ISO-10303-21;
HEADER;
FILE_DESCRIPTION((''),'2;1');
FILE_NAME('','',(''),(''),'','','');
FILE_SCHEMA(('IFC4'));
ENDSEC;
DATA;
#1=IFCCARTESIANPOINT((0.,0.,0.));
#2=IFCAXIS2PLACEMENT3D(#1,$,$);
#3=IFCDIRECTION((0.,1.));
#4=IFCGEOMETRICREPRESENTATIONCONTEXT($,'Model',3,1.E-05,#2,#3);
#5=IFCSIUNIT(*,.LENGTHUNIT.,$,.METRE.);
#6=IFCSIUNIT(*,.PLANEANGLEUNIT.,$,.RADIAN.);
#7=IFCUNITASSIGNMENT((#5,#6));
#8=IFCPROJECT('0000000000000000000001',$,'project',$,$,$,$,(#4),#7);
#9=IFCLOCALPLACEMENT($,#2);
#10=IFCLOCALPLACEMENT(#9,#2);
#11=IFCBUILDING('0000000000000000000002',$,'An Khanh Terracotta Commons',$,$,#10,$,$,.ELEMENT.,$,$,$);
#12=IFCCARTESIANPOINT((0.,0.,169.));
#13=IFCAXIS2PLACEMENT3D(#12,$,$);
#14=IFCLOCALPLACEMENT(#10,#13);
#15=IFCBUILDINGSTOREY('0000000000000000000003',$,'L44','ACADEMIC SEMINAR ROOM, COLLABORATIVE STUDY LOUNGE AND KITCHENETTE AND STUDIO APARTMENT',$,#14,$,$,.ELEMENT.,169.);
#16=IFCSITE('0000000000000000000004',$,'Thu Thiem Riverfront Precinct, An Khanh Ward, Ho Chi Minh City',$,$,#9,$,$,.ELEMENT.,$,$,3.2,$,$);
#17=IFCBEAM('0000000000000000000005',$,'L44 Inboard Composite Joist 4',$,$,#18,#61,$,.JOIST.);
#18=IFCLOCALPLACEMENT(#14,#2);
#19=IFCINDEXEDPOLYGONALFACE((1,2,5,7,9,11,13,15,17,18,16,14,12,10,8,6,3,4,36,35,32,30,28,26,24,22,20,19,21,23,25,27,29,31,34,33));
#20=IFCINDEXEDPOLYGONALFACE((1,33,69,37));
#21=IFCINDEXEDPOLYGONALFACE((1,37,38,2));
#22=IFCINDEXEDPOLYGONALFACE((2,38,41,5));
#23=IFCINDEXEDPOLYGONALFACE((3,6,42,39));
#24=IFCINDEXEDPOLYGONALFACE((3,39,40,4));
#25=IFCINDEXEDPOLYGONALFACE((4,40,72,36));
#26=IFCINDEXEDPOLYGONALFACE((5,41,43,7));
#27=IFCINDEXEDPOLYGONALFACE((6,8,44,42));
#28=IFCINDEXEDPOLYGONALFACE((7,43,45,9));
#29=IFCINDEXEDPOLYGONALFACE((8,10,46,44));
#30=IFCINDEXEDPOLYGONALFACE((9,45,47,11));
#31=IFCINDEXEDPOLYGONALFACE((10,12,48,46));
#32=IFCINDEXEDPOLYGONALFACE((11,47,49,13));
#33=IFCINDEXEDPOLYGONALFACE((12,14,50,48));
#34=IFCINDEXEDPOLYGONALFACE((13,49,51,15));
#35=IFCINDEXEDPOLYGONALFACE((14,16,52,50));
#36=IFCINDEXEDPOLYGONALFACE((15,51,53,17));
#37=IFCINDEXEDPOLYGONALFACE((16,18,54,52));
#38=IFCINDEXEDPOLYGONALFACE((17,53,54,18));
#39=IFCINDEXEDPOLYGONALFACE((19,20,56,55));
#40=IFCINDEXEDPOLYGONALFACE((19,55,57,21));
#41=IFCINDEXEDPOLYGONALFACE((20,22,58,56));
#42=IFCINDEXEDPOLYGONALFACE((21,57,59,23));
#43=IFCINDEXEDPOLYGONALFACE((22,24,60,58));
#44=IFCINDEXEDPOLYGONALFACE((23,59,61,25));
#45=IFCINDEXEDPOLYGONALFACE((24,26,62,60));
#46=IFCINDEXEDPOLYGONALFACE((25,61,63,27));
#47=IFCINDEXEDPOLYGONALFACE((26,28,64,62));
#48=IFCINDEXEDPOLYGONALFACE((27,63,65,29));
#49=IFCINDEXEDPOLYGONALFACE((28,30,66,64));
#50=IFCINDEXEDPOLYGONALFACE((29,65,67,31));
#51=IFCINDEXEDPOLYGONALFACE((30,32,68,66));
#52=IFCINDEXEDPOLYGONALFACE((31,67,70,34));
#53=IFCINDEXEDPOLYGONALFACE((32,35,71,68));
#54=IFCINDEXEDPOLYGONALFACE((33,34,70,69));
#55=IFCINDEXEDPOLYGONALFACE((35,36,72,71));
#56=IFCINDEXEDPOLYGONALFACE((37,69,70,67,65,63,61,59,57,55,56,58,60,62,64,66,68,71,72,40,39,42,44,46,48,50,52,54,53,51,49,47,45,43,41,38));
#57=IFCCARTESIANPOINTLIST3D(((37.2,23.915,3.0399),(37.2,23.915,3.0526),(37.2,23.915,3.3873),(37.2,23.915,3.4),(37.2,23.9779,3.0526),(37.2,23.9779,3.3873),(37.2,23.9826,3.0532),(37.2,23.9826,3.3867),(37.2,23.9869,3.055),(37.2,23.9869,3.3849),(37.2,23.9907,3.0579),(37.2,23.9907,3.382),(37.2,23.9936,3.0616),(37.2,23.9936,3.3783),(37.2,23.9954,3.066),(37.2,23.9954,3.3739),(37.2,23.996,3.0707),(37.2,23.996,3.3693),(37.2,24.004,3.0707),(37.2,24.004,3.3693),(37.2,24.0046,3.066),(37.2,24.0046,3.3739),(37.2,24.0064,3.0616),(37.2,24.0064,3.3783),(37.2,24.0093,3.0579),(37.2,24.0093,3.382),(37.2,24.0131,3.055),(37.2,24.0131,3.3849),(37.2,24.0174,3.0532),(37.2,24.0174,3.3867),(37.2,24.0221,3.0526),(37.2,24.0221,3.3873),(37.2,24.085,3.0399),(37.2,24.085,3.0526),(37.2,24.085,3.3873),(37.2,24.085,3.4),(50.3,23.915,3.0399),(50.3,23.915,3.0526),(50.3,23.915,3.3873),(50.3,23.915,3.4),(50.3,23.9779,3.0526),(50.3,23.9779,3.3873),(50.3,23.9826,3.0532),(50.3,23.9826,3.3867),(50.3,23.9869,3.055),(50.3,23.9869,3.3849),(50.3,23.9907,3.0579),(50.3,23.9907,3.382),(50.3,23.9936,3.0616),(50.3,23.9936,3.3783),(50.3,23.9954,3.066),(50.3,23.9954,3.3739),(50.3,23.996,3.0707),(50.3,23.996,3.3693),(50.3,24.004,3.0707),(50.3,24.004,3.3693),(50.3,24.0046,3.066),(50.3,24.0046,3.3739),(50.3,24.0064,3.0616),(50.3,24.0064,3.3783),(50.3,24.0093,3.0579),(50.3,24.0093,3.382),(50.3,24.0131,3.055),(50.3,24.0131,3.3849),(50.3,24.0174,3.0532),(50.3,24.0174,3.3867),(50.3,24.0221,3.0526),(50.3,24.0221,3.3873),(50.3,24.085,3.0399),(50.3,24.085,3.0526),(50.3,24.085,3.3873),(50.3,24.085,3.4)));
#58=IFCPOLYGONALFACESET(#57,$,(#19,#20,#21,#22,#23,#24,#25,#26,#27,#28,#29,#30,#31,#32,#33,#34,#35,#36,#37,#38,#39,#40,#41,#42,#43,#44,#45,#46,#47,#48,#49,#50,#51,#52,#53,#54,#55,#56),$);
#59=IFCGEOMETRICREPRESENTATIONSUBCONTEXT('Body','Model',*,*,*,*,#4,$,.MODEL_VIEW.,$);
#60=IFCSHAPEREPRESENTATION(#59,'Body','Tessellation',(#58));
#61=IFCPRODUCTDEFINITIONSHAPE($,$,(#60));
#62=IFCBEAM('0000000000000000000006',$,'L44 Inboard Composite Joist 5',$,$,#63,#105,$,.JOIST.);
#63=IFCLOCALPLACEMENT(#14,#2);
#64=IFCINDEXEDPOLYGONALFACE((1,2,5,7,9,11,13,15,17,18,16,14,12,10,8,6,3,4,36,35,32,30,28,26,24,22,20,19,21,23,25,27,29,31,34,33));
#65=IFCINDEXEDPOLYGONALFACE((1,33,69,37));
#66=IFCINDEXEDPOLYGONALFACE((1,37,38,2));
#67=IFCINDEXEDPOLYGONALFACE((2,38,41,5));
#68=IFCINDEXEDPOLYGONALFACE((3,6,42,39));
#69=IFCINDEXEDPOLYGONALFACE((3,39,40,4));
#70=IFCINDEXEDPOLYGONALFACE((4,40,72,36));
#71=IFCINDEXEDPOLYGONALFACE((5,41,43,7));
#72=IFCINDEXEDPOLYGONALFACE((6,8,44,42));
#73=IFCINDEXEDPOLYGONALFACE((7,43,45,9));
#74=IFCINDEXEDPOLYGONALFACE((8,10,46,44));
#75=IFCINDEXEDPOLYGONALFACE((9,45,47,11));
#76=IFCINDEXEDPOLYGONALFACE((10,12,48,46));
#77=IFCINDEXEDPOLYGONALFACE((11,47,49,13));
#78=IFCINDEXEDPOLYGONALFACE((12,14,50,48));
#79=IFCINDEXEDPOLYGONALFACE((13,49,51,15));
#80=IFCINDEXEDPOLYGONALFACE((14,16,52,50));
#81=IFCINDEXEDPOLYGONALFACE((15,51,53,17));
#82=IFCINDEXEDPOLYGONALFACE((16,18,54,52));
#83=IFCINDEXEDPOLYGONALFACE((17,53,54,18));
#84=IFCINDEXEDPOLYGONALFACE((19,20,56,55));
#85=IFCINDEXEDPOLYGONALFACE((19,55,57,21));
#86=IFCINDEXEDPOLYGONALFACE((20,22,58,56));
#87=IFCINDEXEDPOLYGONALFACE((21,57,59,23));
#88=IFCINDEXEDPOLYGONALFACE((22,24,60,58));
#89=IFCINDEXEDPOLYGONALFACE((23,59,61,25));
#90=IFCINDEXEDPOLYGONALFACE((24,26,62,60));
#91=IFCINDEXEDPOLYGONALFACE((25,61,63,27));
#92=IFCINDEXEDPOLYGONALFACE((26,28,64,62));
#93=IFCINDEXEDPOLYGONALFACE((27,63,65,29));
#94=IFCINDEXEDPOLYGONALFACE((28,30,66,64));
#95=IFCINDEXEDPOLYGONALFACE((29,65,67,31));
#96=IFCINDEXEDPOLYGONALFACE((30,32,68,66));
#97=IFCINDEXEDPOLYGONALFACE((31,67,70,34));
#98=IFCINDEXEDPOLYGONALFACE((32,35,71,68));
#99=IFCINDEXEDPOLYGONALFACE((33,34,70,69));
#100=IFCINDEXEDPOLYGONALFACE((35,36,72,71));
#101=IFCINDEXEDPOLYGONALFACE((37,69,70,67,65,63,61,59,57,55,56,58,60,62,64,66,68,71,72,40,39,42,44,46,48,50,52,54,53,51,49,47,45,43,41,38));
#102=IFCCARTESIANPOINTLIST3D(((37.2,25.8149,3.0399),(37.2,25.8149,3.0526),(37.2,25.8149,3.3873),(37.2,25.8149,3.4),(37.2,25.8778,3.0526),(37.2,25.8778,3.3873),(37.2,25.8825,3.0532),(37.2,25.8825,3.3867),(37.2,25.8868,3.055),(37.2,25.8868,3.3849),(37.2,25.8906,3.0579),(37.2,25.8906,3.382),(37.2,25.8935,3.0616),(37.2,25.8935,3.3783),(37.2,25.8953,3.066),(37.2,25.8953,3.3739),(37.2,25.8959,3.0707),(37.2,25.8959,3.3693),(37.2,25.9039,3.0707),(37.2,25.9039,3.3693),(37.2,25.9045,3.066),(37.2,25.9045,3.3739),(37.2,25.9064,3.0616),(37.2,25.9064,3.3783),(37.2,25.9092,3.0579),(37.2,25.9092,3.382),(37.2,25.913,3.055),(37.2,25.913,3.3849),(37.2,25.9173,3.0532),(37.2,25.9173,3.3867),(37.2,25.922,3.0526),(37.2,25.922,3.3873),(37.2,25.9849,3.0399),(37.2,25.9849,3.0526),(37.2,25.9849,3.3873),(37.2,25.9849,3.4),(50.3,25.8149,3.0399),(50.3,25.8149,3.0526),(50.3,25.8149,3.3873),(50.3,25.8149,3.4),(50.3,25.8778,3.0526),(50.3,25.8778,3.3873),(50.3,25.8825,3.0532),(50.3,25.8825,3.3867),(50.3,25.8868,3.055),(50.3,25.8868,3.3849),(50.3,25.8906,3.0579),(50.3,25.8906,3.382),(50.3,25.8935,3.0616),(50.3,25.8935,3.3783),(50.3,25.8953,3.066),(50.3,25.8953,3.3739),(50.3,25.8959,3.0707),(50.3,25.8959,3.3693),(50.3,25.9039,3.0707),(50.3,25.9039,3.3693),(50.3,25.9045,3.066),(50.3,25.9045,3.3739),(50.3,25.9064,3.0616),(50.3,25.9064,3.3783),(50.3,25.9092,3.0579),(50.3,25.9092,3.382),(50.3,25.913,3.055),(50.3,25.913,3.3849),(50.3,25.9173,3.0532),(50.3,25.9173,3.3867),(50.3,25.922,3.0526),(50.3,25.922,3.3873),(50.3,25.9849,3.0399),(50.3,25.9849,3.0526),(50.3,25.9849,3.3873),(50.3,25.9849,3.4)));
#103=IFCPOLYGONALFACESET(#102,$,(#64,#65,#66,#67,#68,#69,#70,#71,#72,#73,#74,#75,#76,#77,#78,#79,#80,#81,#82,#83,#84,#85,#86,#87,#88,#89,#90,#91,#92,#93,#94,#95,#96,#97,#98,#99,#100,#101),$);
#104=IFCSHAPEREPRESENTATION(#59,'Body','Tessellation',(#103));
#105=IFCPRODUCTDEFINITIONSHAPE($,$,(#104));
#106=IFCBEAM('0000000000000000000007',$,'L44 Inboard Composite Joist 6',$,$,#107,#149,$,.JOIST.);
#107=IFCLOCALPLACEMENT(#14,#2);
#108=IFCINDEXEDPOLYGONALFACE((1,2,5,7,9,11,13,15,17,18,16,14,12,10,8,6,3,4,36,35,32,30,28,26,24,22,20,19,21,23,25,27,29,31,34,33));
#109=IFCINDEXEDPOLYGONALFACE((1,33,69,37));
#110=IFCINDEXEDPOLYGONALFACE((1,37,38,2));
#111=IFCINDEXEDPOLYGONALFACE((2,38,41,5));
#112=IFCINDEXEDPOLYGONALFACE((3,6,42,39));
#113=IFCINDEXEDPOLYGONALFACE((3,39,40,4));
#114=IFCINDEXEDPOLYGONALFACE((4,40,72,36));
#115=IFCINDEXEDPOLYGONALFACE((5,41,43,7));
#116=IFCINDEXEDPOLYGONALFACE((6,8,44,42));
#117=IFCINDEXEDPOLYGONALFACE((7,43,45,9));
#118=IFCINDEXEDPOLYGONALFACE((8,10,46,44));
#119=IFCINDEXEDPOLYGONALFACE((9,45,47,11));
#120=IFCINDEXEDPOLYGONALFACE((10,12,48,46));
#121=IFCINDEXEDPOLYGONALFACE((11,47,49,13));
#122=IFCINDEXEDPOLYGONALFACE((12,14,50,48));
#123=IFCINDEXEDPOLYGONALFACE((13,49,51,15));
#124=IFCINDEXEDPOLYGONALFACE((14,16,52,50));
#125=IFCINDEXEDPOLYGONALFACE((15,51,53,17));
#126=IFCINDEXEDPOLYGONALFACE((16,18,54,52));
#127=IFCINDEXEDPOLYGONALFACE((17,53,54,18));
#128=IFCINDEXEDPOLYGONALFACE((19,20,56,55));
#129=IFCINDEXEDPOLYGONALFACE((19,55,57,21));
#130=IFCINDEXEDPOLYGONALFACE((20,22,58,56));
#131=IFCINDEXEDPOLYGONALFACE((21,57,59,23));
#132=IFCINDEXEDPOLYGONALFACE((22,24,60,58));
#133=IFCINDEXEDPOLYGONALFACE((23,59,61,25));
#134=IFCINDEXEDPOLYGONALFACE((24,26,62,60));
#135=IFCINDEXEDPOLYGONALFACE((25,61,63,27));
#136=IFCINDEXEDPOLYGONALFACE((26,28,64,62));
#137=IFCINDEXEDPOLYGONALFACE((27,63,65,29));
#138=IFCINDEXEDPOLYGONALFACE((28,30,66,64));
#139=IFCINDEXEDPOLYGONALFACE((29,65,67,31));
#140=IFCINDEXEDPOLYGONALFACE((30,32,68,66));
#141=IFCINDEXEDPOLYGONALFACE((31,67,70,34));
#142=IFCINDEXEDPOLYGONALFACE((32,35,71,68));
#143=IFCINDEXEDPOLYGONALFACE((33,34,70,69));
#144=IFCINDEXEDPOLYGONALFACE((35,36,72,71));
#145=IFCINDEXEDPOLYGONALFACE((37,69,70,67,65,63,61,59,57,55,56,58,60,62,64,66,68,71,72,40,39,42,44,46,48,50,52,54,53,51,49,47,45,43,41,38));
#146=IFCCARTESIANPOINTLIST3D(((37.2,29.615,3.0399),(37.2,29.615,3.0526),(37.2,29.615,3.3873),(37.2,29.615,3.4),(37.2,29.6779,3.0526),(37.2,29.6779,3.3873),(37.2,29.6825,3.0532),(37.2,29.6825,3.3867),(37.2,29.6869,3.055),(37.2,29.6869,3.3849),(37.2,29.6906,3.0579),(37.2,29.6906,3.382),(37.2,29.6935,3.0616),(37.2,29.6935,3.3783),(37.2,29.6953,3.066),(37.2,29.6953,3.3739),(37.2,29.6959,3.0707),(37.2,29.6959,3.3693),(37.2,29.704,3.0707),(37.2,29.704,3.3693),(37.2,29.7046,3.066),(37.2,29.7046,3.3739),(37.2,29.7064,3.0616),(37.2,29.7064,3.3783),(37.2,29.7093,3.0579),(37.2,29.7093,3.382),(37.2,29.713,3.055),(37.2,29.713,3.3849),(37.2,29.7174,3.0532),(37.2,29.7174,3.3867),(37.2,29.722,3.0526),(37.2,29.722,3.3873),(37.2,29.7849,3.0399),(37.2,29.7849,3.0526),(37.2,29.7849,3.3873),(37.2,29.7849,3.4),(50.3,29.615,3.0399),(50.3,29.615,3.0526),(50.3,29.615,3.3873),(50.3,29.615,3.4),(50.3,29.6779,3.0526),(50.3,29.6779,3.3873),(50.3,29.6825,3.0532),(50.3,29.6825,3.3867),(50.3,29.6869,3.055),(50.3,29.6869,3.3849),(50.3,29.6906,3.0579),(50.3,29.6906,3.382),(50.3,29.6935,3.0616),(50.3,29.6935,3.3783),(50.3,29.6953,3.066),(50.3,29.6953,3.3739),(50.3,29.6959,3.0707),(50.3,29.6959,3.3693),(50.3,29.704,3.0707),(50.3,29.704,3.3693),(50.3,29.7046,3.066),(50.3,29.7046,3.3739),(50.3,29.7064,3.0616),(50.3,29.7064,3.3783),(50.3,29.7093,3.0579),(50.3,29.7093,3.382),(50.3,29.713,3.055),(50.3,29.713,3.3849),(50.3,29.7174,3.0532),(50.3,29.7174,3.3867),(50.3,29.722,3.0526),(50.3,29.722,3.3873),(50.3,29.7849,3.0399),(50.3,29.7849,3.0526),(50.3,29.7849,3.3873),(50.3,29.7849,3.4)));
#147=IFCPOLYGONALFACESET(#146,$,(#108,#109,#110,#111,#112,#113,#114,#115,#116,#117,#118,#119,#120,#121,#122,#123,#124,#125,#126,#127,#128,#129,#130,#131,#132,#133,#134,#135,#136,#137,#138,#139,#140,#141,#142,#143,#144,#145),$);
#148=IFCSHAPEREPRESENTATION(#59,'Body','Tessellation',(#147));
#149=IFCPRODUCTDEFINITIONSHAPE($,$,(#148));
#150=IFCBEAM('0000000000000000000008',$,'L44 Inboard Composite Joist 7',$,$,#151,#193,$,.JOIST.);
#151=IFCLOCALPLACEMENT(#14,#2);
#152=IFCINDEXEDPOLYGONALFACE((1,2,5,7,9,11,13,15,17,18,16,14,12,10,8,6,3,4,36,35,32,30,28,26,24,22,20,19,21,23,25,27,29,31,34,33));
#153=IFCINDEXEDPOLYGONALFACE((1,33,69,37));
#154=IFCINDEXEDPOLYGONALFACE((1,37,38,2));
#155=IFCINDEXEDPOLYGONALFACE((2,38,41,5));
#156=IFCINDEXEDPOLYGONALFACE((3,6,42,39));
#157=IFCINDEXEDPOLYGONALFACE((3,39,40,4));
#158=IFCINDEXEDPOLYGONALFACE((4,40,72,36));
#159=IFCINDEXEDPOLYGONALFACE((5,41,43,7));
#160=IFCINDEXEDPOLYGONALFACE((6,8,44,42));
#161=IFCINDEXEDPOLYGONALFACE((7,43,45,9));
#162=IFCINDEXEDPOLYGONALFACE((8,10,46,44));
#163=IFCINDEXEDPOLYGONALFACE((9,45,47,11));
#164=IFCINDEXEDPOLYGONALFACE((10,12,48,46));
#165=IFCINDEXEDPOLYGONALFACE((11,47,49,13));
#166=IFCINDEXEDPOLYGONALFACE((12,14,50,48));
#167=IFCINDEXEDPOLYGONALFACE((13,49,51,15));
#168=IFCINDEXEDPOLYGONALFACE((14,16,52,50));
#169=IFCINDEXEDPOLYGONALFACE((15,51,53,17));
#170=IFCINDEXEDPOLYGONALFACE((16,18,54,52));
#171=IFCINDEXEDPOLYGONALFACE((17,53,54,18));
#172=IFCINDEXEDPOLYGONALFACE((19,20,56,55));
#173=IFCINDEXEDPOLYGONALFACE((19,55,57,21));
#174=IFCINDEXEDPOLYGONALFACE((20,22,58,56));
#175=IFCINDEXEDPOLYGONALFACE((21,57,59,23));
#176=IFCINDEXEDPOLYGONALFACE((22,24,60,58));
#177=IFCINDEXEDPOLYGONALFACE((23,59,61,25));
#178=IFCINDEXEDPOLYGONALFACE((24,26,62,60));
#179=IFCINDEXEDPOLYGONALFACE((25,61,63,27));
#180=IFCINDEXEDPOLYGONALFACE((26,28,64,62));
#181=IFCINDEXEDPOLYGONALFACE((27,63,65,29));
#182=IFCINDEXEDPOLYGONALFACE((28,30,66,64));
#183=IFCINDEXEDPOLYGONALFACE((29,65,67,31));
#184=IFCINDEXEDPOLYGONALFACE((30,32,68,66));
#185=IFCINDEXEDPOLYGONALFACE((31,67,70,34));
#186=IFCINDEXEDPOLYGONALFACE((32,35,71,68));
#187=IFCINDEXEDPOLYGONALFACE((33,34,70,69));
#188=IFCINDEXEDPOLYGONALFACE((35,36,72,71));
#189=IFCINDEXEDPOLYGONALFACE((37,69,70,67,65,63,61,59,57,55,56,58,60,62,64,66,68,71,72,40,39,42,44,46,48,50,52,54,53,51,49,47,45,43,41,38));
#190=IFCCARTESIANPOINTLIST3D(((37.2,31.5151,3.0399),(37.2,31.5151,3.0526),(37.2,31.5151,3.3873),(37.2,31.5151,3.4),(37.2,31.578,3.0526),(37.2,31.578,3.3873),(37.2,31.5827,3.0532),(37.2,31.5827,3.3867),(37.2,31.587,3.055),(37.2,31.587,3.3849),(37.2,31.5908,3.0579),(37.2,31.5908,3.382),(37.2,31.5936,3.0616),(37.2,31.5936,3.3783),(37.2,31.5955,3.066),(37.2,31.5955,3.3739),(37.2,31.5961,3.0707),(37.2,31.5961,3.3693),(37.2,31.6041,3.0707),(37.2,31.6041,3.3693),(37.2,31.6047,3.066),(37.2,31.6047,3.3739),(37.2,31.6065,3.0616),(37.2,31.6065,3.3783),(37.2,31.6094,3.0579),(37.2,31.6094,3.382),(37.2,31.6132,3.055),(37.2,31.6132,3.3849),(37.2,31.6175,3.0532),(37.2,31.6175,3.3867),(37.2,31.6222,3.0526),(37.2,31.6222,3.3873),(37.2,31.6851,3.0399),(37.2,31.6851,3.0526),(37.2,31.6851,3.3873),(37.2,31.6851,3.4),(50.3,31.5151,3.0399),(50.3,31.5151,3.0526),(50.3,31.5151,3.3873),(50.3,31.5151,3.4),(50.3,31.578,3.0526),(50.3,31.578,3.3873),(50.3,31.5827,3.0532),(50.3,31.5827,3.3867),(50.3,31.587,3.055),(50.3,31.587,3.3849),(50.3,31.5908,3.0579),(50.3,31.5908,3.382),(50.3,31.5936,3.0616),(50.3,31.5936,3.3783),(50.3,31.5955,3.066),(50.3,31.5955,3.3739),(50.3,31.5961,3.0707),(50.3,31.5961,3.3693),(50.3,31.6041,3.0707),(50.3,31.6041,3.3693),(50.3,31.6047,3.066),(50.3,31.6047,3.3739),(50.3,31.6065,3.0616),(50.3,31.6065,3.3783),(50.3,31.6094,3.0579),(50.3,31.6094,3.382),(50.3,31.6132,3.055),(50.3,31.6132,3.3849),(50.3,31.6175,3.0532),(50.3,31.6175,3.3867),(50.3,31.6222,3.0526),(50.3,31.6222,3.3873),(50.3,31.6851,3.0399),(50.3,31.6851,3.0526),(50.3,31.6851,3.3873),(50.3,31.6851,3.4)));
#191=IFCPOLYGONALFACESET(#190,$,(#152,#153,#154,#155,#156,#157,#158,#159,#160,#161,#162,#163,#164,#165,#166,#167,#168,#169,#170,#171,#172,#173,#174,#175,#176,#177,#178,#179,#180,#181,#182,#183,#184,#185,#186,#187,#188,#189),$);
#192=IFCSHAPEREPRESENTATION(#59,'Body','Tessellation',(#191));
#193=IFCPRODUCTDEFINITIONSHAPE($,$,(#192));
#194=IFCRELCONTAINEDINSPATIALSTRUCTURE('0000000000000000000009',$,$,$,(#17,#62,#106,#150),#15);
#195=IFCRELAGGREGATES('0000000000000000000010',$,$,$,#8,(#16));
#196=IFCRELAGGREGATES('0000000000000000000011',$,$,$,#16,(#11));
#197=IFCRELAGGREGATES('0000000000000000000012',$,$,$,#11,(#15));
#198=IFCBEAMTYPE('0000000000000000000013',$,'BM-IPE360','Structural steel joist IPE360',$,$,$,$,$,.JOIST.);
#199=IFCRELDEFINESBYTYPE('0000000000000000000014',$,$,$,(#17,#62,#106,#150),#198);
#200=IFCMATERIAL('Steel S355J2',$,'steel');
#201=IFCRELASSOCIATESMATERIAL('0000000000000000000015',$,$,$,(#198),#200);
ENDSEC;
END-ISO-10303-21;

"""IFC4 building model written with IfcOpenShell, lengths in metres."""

from ifc_helpers import new_model, si_unit, direction, frame, origin, origin_2d, place, context, subcontext, project, spatial, i_section, extrude, material, material_profile, profile_set, type_object, element, save


model = new_model("IFC4")

# Units and contexts
model_context = context("Model", 3, precision=1e-05, world=origin(), true_north=direction((0.0, 1.0)))
body_context = subcontext(model_context, "Body", "Model", "MODEL_VIEW")
ifc_project = project(units=[si_unit("LENGTHUNIT", "METRE"), si_unit("PLANEANGLEUNIT", "RADIAN")], contexts=[model_context])

# Site, building, storey
site_placement = place(None, origin())
site = spatial("IfcSite", under=ifc_project, at=site_placement, Name="Thu Thiem Riverfront Precinct, An Khanh Ward, Ho Chi Minh City", CompositionType="ELEMENT", RefElevation=3.2)
building_placement = place(site_placement, origin())
building = spatial("IfcBuilding", under=site, at=building_placement, Name="An Khanh Terracotta Commons", CompositionType="ELEMENT")
storey_placement = place(building_placement, frame((0.0, 0.0, 169.0)))
storey = spatial("IfcBuildingStorey", under=building, at=storey_placement, Name="L44", Description="ACADEMIC SEMINAR ROOM, COLLABORATIVE STUDY LOUNGE AND KITCHENETTE AND STUDIO APARTMENT", CompositionType="ELEMENT", Elevation=169.0)

# Beams
ifc_material_1 = material(Name="Steel S355J2", Category="steel")
ifc_material_profile_1 = material_profile(ifc_material_1, i_section(OverallWidth=0.1699, OverallDepth=0.3601, WebThickness=0.0081, FlangeThickness=0.0127, FilletRadius=0.0181, at=origin_2d()), Name="IPE360")
ifc_profile_set_1 = profile_set([ifc_material_profile_1], Name="Steel S355J2")
beam_type_1 = type_object("IfcBeamType", Name="BM-IPE360", Description="Structural steel joist IPE360", PredefinedType="JOIST", material=ifc_profile_set_1)
for number, where, z_axis, x_axis, name in (
    (1, (37.2, 24.0, 3.22), (1.0, 0.0, 0.0), (0.0, 1.0, 0.0), "L44 Inboard Composite Joist 4"),
    (2, (37.2, 25.8999, 3.22), (1.0, 0.0, 0.0), (0.0, 1.0, 0.0), "L44 Inboard Composite Joist 5"),
    (3, (37.2, 29.7, 3.22), (1.0, 0.0, 0.0), (0.0, 1.0, 0.0), "L44 Inboard Composite Joist 6"),
    (4, (37.2, 31.6001, 3.22), (1.0, 0.0, 0.0), (0.0, 1.0, 0.0), "L44 Inboard Composite Joist 7"),
):
    element("IfcBeam", number, at=place(storey_placement, frame(where, z_axis=z_axis, x_axis=x_axis)), inside=storey, type_object=beam_type_1, Name=name, PredefinedType="JOIST", context=body_context, shape_type="SweptSolid", body=[
        extrude(i_section(OverallWidth=0.1699, OverallDepth=0.3601, WebThickness=0.0081, FlangeThickness=0.0127, FilletRadius=0.0181, at=origin_2d()), origin(), (0.0, 0.0, 1.0), 13.1001),
    ])

save(model, "model.ifc")
